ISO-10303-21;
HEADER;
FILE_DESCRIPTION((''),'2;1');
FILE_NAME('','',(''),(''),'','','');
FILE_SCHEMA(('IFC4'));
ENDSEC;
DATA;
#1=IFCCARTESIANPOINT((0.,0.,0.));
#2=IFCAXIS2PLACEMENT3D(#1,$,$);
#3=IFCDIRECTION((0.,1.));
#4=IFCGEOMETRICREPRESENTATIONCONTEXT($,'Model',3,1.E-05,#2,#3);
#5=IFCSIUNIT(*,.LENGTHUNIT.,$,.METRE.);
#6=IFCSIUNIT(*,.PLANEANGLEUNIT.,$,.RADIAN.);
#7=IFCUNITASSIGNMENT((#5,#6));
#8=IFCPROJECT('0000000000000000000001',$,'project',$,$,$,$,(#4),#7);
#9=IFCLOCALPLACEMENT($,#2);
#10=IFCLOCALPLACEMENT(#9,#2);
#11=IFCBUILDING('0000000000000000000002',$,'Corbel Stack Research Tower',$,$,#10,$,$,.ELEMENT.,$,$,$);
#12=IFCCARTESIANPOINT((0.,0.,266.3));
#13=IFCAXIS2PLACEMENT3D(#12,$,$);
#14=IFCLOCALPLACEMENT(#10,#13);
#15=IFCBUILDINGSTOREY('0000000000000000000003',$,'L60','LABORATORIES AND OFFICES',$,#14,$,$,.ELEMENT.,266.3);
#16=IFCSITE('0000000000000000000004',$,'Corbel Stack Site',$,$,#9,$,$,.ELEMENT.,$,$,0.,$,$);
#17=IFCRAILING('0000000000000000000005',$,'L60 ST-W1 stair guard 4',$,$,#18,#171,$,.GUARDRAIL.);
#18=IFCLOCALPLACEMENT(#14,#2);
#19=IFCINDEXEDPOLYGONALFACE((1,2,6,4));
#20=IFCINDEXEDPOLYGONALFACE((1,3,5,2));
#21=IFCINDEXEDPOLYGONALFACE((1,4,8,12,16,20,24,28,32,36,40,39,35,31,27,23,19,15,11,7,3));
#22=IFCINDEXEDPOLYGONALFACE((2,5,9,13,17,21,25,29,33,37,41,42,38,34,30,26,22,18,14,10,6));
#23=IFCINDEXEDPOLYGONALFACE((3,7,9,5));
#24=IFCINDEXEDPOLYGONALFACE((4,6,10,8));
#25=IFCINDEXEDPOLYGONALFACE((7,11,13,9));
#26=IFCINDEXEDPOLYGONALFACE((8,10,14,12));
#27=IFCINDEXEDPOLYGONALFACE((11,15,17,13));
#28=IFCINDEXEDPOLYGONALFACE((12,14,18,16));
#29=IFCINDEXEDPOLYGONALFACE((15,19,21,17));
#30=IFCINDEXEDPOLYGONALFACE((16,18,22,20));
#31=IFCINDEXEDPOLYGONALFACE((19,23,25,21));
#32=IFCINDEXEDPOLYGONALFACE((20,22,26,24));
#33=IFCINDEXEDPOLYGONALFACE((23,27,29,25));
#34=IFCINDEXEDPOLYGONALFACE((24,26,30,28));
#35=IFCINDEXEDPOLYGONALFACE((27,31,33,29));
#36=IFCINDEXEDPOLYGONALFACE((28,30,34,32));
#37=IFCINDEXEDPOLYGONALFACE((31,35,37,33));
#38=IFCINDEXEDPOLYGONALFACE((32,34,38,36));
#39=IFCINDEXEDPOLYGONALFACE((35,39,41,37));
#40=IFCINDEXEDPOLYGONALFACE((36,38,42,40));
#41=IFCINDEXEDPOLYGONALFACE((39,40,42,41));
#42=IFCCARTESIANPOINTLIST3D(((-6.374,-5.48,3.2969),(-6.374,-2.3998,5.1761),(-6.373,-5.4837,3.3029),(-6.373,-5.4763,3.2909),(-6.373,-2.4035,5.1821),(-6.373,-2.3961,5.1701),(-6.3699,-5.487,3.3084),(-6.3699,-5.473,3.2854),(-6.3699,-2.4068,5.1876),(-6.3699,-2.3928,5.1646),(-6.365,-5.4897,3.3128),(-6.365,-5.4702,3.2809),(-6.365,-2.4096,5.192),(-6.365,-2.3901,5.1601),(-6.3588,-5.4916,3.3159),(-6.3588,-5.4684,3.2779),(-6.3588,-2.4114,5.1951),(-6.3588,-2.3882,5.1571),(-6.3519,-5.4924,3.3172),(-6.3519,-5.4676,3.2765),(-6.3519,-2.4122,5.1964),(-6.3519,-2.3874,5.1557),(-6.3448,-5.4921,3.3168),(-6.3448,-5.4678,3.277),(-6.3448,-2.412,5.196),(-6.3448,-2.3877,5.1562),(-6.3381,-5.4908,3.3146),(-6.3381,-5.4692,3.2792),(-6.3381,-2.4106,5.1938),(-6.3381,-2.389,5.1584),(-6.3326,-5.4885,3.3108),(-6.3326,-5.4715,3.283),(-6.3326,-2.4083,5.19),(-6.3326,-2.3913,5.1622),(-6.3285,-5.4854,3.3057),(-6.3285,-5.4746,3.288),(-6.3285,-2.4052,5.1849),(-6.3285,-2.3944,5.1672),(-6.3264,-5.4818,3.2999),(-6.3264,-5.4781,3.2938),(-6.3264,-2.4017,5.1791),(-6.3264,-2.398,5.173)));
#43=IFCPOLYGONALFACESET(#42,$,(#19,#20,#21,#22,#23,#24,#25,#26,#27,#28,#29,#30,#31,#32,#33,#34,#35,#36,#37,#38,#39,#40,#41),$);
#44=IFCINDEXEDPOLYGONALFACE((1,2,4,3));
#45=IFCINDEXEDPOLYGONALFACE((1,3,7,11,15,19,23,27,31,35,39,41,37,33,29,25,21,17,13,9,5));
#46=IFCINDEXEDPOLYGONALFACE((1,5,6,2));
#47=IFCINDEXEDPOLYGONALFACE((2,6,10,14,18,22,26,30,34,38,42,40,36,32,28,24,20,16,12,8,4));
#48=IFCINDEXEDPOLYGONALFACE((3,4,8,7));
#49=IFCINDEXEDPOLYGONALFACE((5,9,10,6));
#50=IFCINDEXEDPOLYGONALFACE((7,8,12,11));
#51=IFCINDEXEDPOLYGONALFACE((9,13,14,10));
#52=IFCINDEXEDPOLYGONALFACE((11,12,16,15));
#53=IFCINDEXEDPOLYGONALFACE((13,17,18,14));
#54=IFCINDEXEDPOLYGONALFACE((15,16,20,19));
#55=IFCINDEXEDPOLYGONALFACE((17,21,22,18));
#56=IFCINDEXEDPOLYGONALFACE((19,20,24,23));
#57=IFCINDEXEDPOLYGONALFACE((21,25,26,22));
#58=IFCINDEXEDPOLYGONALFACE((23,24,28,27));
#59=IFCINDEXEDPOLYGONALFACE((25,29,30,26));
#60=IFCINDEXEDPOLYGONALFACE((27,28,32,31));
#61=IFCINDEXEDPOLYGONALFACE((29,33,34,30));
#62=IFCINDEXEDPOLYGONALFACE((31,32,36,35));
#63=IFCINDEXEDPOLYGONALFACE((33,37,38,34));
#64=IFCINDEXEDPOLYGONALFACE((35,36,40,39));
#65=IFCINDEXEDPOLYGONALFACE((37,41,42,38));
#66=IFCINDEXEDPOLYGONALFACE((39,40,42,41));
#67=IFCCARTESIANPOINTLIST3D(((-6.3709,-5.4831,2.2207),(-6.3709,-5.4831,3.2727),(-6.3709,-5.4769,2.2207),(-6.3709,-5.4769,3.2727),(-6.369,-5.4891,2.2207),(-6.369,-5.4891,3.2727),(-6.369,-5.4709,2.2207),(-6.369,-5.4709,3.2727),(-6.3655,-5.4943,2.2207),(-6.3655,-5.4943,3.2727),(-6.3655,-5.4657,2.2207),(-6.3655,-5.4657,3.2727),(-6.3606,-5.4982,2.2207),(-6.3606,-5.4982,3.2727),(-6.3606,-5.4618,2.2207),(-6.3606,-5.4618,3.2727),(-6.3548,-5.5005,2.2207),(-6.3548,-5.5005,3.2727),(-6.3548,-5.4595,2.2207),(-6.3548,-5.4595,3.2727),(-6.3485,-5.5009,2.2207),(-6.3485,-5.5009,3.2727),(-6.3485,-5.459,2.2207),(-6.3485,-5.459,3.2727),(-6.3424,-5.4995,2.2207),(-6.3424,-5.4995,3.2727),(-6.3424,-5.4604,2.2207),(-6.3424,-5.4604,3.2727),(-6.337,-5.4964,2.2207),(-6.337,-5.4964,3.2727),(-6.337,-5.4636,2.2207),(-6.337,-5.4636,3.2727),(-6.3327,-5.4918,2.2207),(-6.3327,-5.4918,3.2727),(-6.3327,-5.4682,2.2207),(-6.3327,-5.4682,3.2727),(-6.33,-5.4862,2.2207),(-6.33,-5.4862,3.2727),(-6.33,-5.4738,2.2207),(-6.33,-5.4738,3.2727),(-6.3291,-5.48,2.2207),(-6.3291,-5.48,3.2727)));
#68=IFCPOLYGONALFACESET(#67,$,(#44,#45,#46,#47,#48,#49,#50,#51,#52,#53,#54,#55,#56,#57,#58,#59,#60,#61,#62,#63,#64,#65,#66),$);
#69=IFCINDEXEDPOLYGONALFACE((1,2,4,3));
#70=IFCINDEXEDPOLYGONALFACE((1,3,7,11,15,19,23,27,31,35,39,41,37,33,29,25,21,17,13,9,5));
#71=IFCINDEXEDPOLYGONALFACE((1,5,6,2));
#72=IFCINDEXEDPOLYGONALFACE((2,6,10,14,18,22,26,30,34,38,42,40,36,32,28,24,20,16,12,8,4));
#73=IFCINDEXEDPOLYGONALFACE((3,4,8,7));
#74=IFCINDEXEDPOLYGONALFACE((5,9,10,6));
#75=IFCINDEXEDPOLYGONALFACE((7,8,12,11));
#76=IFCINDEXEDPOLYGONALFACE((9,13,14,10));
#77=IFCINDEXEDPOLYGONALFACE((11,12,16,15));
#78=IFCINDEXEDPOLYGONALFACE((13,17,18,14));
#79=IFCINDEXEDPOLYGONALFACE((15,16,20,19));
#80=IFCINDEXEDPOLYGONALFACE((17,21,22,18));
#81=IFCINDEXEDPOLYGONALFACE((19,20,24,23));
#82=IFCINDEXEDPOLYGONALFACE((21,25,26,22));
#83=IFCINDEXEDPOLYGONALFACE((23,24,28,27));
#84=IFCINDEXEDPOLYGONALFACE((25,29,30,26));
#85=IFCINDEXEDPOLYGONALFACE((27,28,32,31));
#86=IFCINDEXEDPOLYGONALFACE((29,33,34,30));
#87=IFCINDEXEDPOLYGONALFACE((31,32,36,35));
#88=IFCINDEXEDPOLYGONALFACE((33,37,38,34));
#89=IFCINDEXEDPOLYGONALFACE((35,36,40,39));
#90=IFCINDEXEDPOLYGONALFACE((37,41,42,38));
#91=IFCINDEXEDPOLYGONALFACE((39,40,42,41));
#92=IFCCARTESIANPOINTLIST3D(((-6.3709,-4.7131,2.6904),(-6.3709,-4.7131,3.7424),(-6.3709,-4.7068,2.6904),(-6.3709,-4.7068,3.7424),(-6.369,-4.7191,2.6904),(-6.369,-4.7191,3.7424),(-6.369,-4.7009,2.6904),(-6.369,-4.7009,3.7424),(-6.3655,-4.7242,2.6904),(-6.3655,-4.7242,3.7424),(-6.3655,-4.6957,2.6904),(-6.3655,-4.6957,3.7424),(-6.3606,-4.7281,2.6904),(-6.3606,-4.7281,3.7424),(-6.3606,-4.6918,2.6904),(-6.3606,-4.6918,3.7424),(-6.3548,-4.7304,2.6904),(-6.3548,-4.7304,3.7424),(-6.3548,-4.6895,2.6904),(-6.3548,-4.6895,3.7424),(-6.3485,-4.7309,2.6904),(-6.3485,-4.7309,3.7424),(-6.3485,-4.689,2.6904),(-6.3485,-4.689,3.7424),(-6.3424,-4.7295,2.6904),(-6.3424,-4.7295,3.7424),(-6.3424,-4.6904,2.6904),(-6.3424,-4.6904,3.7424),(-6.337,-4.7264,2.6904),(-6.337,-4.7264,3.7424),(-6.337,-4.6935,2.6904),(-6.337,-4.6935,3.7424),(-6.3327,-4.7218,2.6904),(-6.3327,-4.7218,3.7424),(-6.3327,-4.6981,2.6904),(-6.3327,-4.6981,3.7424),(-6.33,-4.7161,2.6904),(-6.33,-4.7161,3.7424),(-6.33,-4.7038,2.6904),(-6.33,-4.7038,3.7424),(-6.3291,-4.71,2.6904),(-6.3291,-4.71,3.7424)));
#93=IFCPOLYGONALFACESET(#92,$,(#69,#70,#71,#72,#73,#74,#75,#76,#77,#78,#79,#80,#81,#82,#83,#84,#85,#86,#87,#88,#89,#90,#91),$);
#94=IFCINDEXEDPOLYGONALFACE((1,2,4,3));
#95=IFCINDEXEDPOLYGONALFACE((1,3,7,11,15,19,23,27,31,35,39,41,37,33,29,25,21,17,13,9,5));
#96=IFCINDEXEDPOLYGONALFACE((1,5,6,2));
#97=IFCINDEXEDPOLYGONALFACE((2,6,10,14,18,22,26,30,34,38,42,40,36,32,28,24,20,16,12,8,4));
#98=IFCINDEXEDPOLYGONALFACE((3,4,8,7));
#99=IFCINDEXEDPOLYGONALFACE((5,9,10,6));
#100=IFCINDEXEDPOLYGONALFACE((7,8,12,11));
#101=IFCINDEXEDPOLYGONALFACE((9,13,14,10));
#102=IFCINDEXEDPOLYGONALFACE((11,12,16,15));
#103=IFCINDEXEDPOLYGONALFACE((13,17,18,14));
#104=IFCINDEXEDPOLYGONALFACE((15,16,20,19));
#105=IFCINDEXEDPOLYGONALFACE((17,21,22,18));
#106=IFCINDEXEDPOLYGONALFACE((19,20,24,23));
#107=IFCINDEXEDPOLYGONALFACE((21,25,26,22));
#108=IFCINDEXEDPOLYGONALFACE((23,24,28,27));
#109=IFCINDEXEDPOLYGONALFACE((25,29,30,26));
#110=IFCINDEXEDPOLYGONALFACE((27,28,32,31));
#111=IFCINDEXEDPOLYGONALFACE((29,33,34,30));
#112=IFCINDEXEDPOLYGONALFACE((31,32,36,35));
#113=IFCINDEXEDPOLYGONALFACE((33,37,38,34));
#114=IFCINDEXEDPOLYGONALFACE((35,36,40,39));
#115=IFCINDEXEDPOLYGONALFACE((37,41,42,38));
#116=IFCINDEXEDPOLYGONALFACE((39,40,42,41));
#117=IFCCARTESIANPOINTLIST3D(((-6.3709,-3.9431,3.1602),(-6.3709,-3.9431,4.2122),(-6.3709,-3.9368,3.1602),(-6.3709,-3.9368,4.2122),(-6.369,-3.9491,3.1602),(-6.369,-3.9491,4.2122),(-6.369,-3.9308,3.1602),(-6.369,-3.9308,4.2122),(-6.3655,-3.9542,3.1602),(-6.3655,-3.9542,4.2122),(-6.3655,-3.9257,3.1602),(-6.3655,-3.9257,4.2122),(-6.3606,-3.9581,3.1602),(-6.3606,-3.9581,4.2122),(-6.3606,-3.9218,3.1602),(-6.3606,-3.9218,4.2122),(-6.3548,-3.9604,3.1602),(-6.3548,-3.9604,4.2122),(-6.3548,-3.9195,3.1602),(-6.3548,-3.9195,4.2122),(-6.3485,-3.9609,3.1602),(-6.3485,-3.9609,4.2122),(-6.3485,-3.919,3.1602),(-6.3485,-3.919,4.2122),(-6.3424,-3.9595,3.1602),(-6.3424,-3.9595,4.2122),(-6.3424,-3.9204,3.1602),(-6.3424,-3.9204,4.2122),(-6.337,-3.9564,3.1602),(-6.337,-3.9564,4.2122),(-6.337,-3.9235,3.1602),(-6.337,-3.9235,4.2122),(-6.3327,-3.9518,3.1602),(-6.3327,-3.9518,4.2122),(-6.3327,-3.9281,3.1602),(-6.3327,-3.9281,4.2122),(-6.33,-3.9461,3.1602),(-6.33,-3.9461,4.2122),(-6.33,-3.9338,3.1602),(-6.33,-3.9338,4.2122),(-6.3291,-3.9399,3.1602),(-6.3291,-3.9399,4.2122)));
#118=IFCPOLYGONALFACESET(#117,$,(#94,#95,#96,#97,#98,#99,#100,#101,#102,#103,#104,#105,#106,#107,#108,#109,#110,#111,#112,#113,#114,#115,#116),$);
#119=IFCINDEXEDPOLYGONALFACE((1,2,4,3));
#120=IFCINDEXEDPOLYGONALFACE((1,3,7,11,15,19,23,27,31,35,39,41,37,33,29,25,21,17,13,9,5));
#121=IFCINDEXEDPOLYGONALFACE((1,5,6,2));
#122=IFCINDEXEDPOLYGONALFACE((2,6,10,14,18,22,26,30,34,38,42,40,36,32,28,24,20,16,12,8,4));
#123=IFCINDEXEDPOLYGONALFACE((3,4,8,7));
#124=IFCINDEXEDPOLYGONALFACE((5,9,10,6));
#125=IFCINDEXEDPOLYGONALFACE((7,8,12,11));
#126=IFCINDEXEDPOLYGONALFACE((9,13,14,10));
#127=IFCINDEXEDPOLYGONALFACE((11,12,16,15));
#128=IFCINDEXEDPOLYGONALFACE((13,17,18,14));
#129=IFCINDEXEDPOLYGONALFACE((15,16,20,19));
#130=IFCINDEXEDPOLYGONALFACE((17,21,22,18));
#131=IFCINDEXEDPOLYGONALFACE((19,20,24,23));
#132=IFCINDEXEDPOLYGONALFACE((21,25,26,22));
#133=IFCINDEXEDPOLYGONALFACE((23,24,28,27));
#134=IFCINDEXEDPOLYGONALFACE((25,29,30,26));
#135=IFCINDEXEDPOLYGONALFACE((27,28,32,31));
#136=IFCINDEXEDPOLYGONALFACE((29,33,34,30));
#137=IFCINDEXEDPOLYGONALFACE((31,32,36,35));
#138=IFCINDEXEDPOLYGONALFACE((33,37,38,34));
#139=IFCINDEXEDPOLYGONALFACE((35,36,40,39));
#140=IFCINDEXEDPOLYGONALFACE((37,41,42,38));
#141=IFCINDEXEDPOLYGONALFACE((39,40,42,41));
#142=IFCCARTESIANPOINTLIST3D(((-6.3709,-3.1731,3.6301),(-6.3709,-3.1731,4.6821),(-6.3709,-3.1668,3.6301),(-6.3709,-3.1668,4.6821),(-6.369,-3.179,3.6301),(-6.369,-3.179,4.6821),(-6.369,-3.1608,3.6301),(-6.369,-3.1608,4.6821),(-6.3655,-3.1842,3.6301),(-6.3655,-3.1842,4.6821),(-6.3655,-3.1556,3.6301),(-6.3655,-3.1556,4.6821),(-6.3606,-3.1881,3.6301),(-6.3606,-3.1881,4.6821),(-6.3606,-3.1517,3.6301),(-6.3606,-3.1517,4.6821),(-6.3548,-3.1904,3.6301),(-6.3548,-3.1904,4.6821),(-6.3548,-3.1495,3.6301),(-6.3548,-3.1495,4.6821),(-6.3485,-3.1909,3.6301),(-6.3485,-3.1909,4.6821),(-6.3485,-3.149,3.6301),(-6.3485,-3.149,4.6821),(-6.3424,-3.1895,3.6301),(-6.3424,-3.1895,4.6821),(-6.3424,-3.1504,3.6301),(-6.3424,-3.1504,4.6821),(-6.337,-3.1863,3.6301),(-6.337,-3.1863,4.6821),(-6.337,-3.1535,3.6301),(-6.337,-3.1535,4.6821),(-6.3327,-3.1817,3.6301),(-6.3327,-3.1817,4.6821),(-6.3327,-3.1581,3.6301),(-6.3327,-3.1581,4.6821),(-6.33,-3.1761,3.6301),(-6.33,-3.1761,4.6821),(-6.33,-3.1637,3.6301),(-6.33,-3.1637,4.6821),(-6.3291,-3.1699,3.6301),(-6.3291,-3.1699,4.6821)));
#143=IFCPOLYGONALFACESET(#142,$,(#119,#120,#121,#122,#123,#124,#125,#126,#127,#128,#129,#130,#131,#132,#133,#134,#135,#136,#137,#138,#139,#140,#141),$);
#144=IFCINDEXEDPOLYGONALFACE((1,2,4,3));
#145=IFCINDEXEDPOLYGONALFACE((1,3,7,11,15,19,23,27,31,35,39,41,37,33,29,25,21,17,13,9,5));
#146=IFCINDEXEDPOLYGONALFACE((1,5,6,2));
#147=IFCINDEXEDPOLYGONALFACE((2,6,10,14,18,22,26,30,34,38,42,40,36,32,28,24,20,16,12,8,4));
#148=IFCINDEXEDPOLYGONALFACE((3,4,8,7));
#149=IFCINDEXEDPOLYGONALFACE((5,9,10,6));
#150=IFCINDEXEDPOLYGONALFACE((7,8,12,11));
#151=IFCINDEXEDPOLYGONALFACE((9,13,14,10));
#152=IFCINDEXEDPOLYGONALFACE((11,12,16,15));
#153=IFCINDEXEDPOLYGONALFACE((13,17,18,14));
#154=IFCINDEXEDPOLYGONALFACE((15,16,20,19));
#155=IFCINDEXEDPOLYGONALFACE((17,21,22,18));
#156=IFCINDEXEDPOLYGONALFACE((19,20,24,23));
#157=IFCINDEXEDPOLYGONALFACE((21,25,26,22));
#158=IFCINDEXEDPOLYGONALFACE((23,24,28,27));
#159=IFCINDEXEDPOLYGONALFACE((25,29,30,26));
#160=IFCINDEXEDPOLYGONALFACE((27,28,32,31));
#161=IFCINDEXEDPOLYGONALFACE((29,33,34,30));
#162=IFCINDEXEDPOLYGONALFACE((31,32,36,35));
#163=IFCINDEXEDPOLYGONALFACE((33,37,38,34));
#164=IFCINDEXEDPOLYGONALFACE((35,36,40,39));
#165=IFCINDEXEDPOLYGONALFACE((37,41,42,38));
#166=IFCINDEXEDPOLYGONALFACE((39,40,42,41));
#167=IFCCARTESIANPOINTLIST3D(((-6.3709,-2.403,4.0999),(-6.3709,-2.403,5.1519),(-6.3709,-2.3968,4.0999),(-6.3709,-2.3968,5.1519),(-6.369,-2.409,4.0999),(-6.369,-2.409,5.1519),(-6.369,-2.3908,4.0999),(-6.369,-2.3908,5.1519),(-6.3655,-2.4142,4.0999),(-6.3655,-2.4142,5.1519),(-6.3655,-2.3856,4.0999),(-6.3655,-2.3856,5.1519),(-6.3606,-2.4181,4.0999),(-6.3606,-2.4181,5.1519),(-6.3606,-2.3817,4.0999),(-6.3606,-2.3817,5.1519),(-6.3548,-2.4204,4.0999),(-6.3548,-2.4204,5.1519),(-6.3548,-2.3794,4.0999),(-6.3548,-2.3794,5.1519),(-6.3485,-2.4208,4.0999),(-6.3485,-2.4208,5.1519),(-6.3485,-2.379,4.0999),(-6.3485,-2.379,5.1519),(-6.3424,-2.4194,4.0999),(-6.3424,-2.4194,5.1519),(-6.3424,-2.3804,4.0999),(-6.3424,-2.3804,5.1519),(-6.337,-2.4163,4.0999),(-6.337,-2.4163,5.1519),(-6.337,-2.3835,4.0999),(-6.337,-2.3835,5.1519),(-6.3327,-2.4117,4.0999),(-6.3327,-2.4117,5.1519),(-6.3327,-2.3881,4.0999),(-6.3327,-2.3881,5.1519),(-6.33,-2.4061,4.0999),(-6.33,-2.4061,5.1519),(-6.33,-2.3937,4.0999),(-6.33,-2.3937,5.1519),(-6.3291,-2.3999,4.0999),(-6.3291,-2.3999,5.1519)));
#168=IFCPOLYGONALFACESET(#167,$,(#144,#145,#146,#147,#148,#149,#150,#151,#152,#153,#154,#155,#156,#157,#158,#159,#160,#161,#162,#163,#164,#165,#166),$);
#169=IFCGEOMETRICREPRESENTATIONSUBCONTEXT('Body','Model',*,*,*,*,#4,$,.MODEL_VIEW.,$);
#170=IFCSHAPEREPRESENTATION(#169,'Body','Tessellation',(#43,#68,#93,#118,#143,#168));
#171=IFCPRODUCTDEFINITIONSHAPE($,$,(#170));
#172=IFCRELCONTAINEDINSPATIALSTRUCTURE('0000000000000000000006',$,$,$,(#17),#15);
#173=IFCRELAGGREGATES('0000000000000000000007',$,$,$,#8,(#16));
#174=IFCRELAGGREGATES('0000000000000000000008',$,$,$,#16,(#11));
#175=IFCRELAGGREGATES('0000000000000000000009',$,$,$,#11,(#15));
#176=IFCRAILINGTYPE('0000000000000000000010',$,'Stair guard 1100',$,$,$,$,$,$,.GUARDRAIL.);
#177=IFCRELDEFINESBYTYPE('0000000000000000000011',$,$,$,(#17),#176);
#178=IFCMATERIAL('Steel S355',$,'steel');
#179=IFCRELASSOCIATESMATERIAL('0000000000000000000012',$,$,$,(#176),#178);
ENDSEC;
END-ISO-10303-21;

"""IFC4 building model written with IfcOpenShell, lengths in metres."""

from ifc_helpers import new_model, si_unit, direction, frame, origin, origin_2d, place, context, subcontext, project, spatial, circle, extrude, material, type_object, element, save


model = new_model("IFC4")

# Units and contexts
model_context = context("Model", 3, precision=1e-05, world=origin(), true_north=direction((0.0, 1.0)))
body_context = subcontext(model_context, "Body", "Model", "MODEL_VIEW")
ifc_project = project(units=[si_unit("LENGTHUNIT", "METRE"), si_unit("PLANEANGLEUNIT", "RADIAN")], contexts=[model_context])

# Site, building, storey
site_placement = place(None, origin())
site = spatial("IfcSite", under=ifc_project, at=site_placement, Name="Corbel Stack Site", CompositionType="ELEMENT", RefElevation=0.0)
building_placement = place(site_placement, origin())
building = spatial("IfcBuilding", under=site, at=building_placement, Name="Corbel Stack Research Tower", CompositionType="ELEMENT")
storey_placement = place(building_placement, frame((0.0, 0.0, 266.3)))
storey = spatial("IfcBuildingStorey", under=building, at=storey_placement, Name="L60", Description="LABORATORIES AND OFFICES", CompositionType="ELEMENT", Elevation=266.3)

# Railing
ifc_material_1 = material(Name="Steel S355", Category="steel")
railing_type_1 = type_object("IfcRailingType", Name="Stair guard 1100", PredefinedType="GUARDRAIL", material=ifc_material_1)
railing_1_placement = place(storey_placement, frame((-6.3501, -5.48, 2.2207)))
element("IfcRailing", 1, at=railing_1_placement, inside=storey, type_object=railing_type_1, Name="L60 ST-W1 stair guard 4", PredefinedType="GUARDRAIL", context=body_context, shape_type="SweptSolid", body=[
    extrude(circle(Radius=0.0239, at=origin_2d()), frame((0.0, 0.0, 1.0762), z_axis=(0.0, 0.853666, 0.52082), x_axis=(-1.0, 0.0, 0.0)), (0.0, 0.0, 1.0), 3.6082),
    extrude(circle(Radius=0.021, at=origin_2d()), origin(), (0.0, 0.0, 1.0), 1.052),
    extrude(circle(Radius=0.021, at=origin_2d()), frame((0.0, 0.77, 0.4697)), (0.0, 0.0, 1.0), 1.052),
    extrude(circle(Radius=0.021, at=origin_2d()), frame((0.0, 1.54, 0.9395)), (0.0, 0.0, 1.0), 1.052),
    extrude(circle(Radius=0.021, at=origin_2d()), frame((0.0, 2.3101, 1.4094)), (0.0, 0.0, 1.0), 1.052),
    extrude(circle(Radius=0.021, at=origin_2d()), frame((0.0, 3.0801, 1.8792)), (0.0, 0.0, 1.0), 1.052),
])

save(model, "model.ifc")
